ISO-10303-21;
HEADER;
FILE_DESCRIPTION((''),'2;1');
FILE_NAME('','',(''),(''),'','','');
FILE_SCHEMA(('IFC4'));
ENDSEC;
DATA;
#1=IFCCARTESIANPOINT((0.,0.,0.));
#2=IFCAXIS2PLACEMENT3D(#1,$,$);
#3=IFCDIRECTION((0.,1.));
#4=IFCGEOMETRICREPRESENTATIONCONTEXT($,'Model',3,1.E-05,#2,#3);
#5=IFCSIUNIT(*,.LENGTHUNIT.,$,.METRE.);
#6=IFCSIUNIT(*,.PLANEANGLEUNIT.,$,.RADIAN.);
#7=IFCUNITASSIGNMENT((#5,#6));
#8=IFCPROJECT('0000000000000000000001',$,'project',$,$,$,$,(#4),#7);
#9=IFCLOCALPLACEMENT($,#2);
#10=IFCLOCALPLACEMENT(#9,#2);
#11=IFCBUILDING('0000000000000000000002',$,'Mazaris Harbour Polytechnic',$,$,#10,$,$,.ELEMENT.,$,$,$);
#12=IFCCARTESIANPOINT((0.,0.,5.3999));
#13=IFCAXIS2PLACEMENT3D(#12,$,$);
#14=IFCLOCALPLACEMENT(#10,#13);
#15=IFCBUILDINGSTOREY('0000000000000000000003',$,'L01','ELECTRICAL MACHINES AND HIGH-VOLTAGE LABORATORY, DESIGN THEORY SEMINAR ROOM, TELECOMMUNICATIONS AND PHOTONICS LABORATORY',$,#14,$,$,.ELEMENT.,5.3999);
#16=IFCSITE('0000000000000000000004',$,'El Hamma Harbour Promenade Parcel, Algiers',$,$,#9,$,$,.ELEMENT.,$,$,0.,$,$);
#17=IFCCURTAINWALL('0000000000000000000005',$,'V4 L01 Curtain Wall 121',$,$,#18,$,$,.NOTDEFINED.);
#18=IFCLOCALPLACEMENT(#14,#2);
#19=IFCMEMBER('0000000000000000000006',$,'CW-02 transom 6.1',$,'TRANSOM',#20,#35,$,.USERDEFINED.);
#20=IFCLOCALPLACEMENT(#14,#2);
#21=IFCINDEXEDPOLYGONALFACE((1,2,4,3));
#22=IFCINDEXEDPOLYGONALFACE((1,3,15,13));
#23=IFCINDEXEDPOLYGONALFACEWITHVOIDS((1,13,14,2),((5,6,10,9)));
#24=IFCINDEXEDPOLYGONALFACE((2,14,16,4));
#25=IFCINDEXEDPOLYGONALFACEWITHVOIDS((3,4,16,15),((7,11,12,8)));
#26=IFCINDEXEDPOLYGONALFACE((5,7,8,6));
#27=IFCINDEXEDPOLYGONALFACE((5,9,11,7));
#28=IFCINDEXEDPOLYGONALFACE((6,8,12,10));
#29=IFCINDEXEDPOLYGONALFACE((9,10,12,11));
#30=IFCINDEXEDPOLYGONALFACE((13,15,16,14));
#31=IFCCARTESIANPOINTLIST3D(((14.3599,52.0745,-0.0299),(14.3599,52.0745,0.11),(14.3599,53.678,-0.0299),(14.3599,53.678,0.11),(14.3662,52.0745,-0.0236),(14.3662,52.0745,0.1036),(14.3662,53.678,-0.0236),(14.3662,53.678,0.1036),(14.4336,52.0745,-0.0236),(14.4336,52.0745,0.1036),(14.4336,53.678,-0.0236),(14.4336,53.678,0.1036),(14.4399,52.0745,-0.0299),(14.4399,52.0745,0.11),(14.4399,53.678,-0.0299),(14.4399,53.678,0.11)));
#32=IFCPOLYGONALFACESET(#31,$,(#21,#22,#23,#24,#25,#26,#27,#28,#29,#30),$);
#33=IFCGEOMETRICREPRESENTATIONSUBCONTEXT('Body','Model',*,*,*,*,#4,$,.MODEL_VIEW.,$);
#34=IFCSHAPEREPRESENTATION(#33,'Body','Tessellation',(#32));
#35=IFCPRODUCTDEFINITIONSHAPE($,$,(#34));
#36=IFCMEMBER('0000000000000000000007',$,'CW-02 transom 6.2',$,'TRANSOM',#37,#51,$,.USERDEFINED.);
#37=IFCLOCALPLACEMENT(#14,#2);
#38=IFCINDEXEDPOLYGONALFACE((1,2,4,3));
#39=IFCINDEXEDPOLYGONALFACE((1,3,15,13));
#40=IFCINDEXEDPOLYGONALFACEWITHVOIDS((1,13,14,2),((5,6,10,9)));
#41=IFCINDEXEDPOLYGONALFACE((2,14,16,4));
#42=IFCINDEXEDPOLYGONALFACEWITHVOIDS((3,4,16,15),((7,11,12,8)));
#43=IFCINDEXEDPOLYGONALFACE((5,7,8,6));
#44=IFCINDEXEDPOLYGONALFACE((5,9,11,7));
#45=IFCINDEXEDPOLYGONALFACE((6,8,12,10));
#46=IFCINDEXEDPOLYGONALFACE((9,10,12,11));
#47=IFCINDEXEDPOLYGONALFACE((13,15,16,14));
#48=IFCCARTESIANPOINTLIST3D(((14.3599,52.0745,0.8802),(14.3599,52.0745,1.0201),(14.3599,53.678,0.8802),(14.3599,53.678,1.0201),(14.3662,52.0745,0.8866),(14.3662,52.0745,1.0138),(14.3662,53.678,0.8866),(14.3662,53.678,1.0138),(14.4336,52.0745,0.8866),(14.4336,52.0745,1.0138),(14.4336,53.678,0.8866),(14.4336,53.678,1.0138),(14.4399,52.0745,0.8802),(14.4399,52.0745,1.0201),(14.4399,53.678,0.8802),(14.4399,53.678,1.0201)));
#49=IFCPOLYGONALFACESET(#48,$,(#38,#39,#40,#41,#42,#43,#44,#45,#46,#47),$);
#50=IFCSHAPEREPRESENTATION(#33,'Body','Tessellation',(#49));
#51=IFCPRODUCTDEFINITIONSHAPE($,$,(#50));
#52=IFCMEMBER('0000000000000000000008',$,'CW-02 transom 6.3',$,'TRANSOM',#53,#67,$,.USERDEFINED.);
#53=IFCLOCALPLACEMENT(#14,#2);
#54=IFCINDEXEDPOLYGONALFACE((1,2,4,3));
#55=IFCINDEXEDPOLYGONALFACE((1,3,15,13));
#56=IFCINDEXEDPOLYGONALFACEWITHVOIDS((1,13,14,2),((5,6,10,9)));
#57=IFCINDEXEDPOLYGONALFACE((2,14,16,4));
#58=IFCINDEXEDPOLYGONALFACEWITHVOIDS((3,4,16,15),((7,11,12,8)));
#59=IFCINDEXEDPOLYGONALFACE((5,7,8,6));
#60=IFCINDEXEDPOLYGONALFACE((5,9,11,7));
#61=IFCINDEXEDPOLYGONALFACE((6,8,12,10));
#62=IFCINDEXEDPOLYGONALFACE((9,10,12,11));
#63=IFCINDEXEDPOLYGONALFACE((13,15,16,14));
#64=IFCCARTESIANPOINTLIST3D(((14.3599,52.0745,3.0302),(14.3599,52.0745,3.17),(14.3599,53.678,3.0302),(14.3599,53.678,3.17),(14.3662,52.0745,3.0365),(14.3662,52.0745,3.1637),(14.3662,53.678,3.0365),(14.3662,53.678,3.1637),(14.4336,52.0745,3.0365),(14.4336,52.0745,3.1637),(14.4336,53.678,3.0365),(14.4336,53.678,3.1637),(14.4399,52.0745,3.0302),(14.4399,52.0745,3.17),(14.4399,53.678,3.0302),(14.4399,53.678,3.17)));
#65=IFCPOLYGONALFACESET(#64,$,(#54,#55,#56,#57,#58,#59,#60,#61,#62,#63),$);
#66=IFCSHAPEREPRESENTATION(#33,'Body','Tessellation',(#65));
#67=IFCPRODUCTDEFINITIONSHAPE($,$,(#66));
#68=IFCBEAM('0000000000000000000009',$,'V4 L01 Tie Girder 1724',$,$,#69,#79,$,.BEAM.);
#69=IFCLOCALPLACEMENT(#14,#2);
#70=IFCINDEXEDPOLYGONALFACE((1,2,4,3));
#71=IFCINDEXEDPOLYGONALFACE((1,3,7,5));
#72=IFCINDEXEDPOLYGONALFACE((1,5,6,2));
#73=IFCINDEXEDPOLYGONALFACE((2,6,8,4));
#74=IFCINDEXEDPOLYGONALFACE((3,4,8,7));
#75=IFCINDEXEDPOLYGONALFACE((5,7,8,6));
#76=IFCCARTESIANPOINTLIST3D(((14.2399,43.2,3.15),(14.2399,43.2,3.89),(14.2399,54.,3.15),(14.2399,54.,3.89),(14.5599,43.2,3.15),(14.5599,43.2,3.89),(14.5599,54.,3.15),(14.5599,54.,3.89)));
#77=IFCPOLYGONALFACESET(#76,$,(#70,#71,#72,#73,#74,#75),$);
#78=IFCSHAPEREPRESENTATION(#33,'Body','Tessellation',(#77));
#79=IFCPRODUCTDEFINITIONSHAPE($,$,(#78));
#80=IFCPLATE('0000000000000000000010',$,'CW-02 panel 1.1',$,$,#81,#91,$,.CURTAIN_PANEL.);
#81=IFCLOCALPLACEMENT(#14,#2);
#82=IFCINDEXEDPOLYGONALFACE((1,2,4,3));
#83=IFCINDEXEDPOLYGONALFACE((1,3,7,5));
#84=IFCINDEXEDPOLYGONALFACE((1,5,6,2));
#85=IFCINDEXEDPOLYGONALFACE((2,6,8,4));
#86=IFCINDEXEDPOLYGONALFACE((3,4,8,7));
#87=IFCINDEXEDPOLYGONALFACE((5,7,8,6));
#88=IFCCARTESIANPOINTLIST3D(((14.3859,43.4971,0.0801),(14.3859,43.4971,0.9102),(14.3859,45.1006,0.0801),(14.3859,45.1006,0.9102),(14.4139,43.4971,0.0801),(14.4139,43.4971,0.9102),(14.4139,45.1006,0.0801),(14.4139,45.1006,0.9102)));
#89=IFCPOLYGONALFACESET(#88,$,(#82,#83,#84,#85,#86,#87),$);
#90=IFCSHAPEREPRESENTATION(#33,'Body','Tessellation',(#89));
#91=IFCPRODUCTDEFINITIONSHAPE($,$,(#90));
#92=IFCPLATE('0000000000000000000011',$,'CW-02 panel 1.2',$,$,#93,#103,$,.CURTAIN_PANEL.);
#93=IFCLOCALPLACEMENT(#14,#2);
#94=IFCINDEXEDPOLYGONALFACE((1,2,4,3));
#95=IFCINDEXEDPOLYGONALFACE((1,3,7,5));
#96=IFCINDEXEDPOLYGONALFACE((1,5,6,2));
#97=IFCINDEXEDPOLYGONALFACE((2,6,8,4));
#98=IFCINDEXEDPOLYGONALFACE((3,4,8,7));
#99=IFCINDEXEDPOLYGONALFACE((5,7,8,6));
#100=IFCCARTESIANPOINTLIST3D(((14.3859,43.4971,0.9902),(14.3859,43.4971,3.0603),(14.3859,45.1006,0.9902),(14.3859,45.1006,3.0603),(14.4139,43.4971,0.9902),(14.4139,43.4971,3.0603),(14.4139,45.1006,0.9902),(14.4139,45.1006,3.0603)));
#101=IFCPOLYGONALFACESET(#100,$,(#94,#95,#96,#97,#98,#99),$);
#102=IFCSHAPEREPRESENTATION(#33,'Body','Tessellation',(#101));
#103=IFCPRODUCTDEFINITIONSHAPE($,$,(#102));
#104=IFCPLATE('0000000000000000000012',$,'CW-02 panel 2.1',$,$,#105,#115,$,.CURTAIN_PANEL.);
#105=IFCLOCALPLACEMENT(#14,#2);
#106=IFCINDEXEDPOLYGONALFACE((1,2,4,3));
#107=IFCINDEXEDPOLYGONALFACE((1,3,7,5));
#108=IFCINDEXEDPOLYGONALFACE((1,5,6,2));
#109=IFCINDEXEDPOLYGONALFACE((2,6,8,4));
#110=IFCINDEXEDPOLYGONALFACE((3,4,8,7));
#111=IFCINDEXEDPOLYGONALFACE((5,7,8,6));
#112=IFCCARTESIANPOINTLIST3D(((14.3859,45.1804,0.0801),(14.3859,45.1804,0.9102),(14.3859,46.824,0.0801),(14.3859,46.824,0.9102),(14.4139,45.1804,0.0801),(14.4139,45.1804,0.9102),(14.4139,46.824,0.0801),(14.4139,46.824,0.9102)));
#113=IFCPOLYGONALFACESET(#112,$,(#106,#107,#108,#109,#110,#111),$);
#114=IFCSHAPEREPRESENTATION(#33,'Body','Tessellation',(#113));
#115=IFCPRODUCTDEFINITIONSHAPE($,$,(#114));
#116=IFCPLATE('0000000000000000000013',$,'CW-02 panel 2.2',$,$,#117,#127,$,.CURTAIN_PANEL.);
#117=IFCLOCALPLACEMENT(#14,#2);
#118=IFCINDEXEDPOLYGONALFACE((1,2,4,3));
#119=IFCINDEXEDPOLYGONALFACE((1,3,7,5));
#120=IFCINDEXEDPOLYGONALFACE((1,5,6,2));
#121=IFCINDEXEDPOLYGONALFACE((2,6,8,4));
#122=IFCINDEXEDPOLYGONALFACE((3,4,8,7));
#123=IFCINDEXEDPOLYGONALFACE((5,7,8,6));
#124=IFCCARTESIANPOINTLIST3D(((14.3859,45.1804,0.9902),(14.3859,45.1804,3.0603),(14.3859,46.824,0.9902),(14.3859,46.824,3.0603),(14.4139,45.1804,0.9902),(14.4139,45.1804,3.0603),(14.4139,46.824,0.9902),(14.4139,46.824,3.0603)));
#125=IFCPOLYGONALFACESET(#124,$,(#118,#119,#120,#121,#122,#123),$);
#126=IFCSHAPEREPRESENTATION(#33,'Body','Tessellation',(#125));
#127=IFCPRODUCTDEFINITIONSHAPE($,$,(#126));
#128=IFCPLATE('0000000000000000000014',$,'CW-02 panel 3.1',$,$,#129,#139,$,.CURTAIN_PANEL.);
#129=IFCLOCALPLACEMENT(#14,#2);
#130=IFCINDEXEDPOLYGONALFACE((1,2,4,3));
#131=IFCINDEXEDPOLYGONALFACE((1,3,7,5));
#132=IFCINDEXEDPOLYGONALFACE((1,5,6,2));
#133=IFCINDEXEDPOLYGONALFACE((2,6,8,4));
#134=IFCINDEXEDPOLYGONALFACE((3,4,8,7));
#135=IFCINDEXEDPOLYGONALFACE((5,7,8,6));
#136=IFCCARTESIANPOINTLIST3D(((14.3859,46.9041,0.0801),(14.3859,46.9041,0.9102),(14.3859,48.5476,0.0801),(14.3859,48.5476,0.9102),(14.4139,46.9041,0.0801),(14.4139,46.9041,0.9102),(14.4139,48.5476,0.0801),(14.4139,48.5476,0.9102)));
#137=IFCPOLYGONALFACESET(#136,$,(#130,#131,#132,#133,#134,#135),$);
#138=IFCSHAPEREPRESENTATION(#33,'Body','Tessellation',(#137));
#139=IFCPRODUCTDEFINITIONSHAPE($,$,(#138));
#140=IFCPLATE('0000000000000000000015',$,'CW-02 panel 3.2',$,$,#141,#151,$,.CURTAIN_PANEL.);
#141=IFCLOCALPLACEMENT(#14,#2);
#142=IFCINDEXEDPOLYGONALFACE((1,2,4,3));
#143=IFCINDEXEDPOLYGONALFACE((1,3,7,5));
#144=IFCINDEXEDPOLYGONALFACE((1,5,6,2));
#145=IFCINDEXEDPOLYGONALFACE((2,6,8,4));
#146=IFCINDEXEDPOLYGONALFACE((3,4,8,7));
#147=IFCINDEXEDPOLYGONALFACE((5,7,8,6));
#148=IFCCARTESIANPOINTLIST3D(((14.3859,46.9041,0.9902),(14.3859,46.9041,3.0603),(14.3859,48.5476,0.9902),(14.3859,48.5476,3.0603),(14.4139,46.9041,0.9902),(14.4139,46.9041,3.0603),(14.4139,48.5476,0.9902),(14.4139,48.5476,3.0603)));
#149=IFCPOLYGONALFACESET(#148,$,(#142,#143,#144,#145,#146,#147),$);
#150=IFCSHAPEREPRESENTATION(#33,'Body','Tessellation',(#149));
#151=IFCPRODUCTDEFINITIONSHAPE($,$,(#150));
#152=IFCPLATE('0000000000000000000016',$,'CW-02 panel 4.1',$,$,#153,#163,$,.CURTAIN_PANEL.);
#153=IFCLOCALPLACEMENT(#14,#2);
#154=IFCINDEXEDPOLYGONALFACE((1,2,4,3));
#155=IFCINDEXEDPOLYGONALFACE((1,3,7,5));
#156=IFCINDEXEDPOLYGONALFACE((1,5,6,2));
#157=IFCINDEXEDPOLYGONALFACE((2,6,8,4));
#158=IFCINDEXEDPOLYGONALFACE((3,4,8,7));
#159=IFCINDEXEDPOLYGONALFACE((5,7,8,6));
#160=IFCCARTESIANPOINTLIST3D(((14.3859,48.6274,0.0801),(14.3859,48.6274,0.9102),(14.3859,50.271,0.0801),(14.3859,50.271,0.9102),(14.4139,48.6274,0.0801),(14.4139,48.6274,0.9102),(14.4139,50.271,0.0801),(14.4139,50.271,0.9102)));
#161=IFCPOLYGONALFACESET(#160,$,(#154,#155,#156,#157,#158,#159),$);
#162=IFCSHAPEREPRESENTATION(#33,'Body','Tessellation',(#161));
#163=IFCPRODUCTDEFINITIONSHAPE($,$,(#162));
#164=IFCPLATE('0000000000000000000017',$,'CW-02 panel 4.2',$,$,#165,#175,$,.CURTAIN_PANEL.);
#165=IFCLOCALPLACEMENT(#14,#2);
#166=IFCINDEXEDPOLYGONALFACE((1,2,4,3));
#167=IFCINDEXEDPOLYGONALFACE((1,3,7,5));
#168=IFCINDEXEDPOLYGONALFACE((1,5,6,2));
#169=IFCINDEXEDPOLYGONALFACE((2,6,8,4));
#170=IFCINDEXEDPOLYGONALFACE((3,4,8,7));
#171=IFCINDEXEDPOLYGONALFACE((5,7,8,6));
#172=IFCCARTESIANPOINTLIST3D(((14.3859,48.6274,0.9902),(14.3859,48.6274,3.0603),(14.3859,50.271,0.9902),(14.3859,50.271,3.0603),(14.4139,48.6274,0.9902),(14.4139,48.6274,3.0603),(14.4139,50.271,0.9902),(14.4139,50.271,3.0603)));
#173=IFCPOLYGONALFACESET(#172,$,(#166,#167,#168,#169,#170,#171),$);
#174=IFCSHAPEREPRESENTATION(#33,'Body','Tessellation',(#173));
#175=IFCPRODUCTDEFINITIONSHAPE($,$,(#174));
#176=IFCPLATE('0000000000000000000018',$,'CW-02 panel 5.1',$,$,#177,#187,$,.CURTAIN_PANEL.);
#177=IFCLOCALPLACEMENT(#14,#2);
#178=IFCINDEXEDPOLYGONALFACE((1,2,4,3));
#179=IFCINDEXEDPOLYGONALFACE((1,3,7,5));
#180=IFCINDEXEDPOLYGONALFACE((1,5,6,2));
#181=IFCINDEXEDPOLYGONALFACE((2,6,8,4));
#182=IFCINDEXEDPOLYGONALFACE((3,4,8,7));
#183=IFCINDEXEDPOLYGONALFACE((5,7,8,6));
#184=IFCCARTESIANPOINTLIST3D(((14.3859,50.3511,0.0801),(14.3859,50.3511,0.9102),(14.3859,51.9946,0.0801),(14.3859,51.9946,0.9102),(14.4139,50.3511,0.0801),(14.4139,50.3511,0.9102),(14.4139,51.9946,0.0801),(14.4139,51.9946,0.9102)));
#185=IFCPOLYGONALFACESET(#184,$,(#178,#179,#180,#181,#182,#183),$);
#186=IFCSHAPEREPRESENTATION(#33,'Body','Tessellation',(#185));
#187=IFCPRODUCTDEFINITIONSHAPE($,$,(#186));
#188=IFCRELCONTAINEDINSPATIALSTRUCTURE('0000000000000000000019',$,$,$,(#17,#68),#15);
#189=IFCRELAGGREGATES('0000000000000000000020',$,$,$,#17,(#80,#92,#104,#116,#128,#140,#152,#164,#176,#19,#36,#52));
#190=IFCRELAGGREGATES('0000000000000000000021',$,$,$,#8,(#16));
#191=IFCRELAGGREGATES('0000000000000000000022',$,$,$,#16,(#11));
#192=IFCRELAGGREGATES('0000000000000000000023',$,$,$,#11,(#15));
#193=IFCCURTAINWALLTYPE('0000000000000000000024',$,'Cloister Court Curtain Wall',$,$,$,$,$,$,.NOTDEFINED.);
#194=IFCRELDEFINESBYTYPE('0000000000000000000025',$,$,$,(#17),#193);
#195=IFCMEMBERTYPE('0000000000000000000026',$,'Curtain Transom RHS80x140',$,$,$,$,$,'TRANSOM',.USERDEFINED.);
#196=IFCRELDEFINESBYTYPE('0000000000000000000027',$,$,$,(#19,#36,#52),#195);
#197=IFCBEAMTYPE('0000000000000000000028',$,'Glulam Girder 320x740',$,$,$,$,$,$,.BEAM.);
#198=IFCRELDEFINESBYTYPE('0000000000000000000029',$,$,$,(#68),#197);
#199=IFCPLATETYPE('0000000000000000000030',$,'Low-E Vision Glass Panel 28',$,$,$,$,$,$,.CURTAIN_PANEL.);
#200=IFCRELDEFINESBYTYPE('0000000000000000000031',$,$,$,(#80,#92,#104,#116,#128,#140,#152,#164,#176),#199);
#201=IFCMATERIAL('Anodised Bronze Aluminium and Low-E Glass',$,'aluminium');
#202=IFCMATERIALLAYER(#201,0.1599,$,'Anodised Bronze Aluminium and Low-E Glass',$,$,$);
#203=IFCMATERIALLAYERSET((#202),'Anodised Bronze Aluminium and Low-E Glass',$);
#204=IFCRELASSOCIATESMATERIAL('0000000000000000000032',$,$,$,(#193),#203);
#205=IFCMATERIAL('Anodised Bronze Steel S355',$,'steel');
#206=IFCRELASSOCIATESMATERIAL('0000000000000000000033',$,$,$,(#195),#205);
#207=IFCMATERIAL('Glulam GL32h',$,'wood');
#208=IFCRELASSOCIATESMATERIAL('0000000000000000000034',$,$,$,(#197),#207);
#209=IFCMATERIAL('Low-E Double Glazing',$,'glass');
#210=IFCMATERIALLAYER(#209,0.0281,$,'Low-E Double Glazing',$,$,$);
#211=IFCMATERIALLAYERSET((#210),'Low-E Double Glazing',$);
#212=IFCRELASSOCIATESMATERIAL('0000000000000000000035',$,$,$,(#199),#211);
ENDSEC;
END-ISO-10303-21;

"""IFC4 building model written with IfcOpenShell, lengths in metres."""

from ifc_helpers import new_model, si_unit, direction, frame, origin, origin_2d, place, context, subcontext, project, spatial, rectangle, hollow_rectangle, extrude, material, layer, layer_set, material_profile, profile_set, type_object, element, aggregate, save


model = new_model("IFC4")

# Units and contexts
model_context = context("Model", 3, precision=1e-05, world=origin(), true_north=direction((0.0, 1.0)))
body_context = subcontext(model_context, "Body", "Model", "MODEL_VIEW")
ifc_project = project(units=[si_unit("LENGTHUNIT", "METRE"), si_unit("PLANEANGLEUNIT", "RADIAN")], contexts=[model_context])

# Site, building, storey
site_placement = place(None, origin())
site = spatial("IfcSite", under=ifc_project, at=site_placement, Name="El Hamma Harbour Promenade Parcel, Algiers", CompositionType="ELEMENT", RefElevation=0.0)
building_placement = place(site_placement, origin())
building = spatial("IfcBuilding", under=site, at=building_placement, Name="Mazaris Harbour Polytechnic", CompositionType="ELEMENT")
storey_placement = place(building_placement, frame((0.0, 0.0, 5.3999)))
storey = spatial("IfcBuildingStorey", under=building, at=storey_placement, Name="L01", Description="ELECTRICAL MACHINES AND HIGH-VOLTAGE LABORATORY, DESIGN THEORY SEMINAR ROOM, TELECOMMUNICATIONS AND PHOTONICS LABORATORY", CompositionType="ELEMENT", Elevation=5.3999)

# Curtain wall, members
ifc_material_1 = material(Name="Anodised Bronze Aluminium and Low-E Glass", Category="aluminium")
ifc_layer_1 = layer(ifc_material_1, 0.1599, Name="Anodised Bronze Aluminium and Low-E Glass")
ifc_layer_set_1 = layer_set([ifc_layer_1], Name="Anodised Bronze Aluminium and Low-E Glass")
curtain_wall_type = type_object("IfcCurtainWallType", Name="Cloister Court Curtain Wall", PredefinedType="NOTDEFINED", material=ifc_layer_set_1)
curtain_wall_placement = place(storey_placement, origin())
curtain_wall = element("IfcCurtainWall", 1, at=curtain_wall_placement, inside=storey, type_object=curtain_wall_type, Name="V4 L01 Curtain Wall 121", PredefinedType="NOTDEFINED")
ifc_material_2 = material(Name="Anodised Bronze Steel S355", Category="steel")
ifc_material_profile_1 = material_profile(ifc_material_2, hollow_rectangle(XDim=0.0801, YDim=0.1399, WallThickness=0.0063, at=origin_2d()), Name="RHS 80x140x6.3")
ifc_profile_set_1 = profile_set([ifc_material_profile_1], Name="Anodised Bronze Steel S355")
member_type_1 = type_object("IfcMemberType", Name="Curtain Transom RHS80x140", ElementType="TRANSOM", PredefinedType="USERDEFINED", material=ifc_profile_set_1)
member_1_placement = place(storey_placement, frame((14.3999, 52.0745, 0.04), z_axis=(0.0, 1.0, 0.0), x_axis=(-1.0, 0.0, 0.0)))
member_1 = element("IfcMember", 2, at=member_1_placement, type_object=member_type_1, Name="CW-02 transom 6.1", ObjectType="TRANSOM", PredefinedType="USERDEFINED", context=body_context, shape_type="SweptSolid", body=[
    extrude(hollow_rectangle(XDim=0.0801, YDim=0.1399, WallThickness=0.0063, at=origin_2d()), origin(), (0.0, 0.0, 1.0), 1.6035),
])
member_2_placement = place(storey_placement, frame((14.3999, 52.0745, 0.9502), z_axis=(0.0, 1.0, 0.0), x_axis=(-1.0, 0.0, 0.0)))
member_2 = element("IfcMember", 3, at=member_2_placement, type_object=member_type_1, Name="CW-02 transom 6.2", ObjectType="TRANSOM", PredefinedType="USERDEFINED", context=body_context, shape_type="SweptSolid", body=[
    extrude(hollow_rectangle(XDim=0.0801, YDim=0.1399, WallThickness=0.0063, at=origin_2d()), origin(), (0.0, 0.0, 1.0), 1.6035),
])
member_3_placement = place(storey_placement, frame((14.3999, 52.0745, 3.1001), z_axis=(0.0, 1.0, 0.0), x_axis=(-1.0, 0.0, 0.0)))
member_3 = element("IfcMember", 4, at=member_3_placement, type_object=member_type_1, Name="CW-02 transom 6.3", ObjectType="TRANSOM", PredefinedType="USERDEFINED", context=body_context, shape_type="SweptSolid", body=[
    extrude(hollow_rectangle(XDim=0.0801, YDim=0.1399, WallThickness=0.0063, at=origin_2d()), origin(), (0.0, 0.0, 1.0), 1.6035),
])

# Beam
ifc_material_3 = material(Name="Glulam GL32h", Category="wood")
ifc_material_profile_2 = material_profile(ifc_material_3, rectangle(XDim=0.3201, YDim=0.74, at=origin_2d()), Name="RECT320x740")
ifc_profile_set_2 = profile_set([ifc_material_profile_2], Name="Glulam GL32h")
beam_type = type_object("IfcBeamType", Name="Glulam Girder 320x740", PredefinedType="BEAM", material=ifc_profile_set_2)
beam_placement = place(storey_placement, frame((14.3999, 43.2, 3.52), z_axis=(0.0, 1.0, 0.0), x_axis=(-1.0, 0.0, 0.0)))
element("IfcBeam", 5, at=beam_placement, inside=storey, type_object=beam_type, Name="V4 L01 Tie Girder 1724", PredefinedType="BEAM", context=body_context, shape_type="SweptSolid", body=[
    extrude(rectangle(XDim=0.3201, YDim=0.74, at=origin_2d()), origin(), (0.0, 0.0, 1.0), 10.8),
])

# Plates
ifc_material_4 = material(Name="Low-E Double Glazing", Category="glass")
ifc_layer_2 = layer(ifc_material_4, 0.0281, Name="Low-E Double Glazing")
ifc_layer_set_2 = layer_set([ifc_layer_2], Name="Low-E Double Glazing")
plate_type = type_object("IfcPlateType", Name="Low-E Vision Glass Panel 28", PredefinedType="CURTAIN_PANEL", material=ifc_layer_set_2)
plate_1_placement = place(storey_placement, frame((14.3999, 44.2988, 0.0801), z_axis=(0.0, 0.0, 1.0), x_axis=(0.0, 1.0, 0.0)))
plate_1 = element("IfcPlate", 6, at=plate_1_placement, type_object=plate_type, Name="CW-02 panel 1.1", PredefinedType="CURTAIN_PANEL", context=body_context, shape_type="SweptSolid", body=[
    extrude(rectangle(XDim=1.6035, YDim=0.0281, at=origin_2d()), origin(), (0.0, 0.0, 1.0), 0.8301),
])
plate_2_placement = place(storey_placement, frame((14.3999, 44.2988, 0.9902), z_axis=(0.0, 0.0, 1.0), x_axis=(0.0, 1.0, 0.0)))
plate_2 = element("IfcPlate", 7, at=plate_2_placement, type_object=plate_type, Name="CW-02 panel 1.2", PredefinedType="CURTAIN_PANEL", context=body_context, shape_type="SweptSolid", body=[
    extrude(rectangle(XDim=1.6035, YDim=0.0281, at=origin_2d()), origin(), (0.0, 0.0, 1.0), 2.0701),
])
plate_3_placement = place(storey_placement, frame((14.3999, 46.0022, 0.0801), z_axis=(0.0, 0.0, 1.0), x_axis=(0.0, 1.0, 0.0)))
plate_3 = element("IfcPlate", 8, at=plate_3_placement, type_object=plate_type, Name="CW-02 panel 2.1", PredefinedType="CURTAIN_PANEL", context=body_context, shape_type="SweptSolid", body=[
    extrude(rectangle(XDim=1.6436, YDim=0.0281, at=origin_2d()), origin(), (0.0, 0.0, 1.0), 0.8301),
])
plate_4_placement = place(storey_placement, frame((14.3999, 46.0022, 0.9902), z_axis=(0.0, 0.0, 1.0), x_axis=(0.0, 1.0, 0.0)))
plate_4 = element("IfcPlate", 9, at=plate_4_placement, type_object=plate_type, Name="CW-02 panel 2.2", PredefinedType="CURTAIN_PANEL", context=body_context, shape_type="SweptSolid", body=[
    extrude(rectangle(XDim=1.6436, YDim=0.0281, at=origin_2d()), origin(), (0.0, 0.0, 1.0), 2.0701),
])
plate_5_placement = place(storey_placement, frame((14.3999, 47.7258, 0.0801), z_axis=(0.0, 0.0, 1.0), x_axis=(0.0, 1.0, 0.0)))
plate_5 = element("IfcPlate", 10, at=plate_5_placement, type_object=plate_type, Name="CW-02 panel 3.1", PredefinedType="CURTAIN_PANEL", context=body_context, shape_type="SweptSolid", body=[
    extrude(rectangle(XDim=1.6436, YDim=0.0281, at=origin_2d()), origin(), (0.0, 0.0, 1.0), 0.8301),
])
plate_6_placement = place(storey_placement, frame((14.3999, 47.7258, 0.9902), z_axis=(0.0, 0.0, 1.0), x_axis=(0.0, 1.0, 0.0)))
plate_6 = element("IfcPlate", 11, at=plate_6_placement, type_object=plate_type, Name="CW-02 panel 3.2", PredefinedType="CURTAIN_PANEL", context=body_context, shape_type="SweptSolid", body=[
    extrude(rectangle(XDim=1.6436, YDim=0.0281, at=origin_2d()), origin(), (0.0, 0.0, 1.0), 2.0701),
])
plate_7_placement = place(storey_placement, frame((14.3999, 49.4492, 0.0801), z_axis=(0.0, 0.0, 1.0), x_axis=(0.0, 1.0, 0.0)))
plate_7 = element("IfcPlate", 12, at=plate_7_placement, type_object=plate_type, Name="CW-02 panel 4.1", PredefinedType="CURTAIN_PANEL", context=body_context, shape_type="SweptSolid", body=[
    extrude(rectangle(XDim=1.6436, YDim=0.0281, at=origin_2d()), origin(), (0.0, 0.0, 1.0), 0.8301),
])
plate_8_placement = place(storey_placement, frame((14.3999, 49.4492, 0.9902), z_axis=(0.0, 0.0, 1.0), x_axis=(0.0, 1.0, 0.0)))
plate_8 = element("IfcPlate", 13, at=plate_8_placement, type_object=plate_type, Name="CW-02 panel 4.2", PredefinedType="CURTAIN_PANEL", context=body_context, shape_type="SweptSolid", body=[
    extrude(rectangle(XDim=1.6436, YDim=0.0281, at=origin_2d()), origin(), (0.0, 0.0, 1.0), 2.0701),
])
plate_9_placement = place(storey_placement, frame((14.3999, 51.1729, 0.0801), z_axis=(0.0, 0.0, 1.0), x_axis=(0.0, 1.0, 0.0)))
plate_9 = element("IfcPlate", 14, at=plate_9_placement, type_object=plate_type, Name="CW-02 panel 5.1", PredefinedType="CURTAIN_PANEL", context=body_context, shape_type="SweptSolid", body=[
    extrude(rectangle(XDim=1.6436, YDim=0.0281, at=origin_2d()), origin(), (0.0, 0.0, 1.0), 0.8301),
])
aggregate(curtain_wall, [plate_1, plate_2, plate_3, plate_4, plate_5, plate_6, plate_7, plate_8, plate_9, member_1, member_2, member_3])

save(model, "model.ifc")
